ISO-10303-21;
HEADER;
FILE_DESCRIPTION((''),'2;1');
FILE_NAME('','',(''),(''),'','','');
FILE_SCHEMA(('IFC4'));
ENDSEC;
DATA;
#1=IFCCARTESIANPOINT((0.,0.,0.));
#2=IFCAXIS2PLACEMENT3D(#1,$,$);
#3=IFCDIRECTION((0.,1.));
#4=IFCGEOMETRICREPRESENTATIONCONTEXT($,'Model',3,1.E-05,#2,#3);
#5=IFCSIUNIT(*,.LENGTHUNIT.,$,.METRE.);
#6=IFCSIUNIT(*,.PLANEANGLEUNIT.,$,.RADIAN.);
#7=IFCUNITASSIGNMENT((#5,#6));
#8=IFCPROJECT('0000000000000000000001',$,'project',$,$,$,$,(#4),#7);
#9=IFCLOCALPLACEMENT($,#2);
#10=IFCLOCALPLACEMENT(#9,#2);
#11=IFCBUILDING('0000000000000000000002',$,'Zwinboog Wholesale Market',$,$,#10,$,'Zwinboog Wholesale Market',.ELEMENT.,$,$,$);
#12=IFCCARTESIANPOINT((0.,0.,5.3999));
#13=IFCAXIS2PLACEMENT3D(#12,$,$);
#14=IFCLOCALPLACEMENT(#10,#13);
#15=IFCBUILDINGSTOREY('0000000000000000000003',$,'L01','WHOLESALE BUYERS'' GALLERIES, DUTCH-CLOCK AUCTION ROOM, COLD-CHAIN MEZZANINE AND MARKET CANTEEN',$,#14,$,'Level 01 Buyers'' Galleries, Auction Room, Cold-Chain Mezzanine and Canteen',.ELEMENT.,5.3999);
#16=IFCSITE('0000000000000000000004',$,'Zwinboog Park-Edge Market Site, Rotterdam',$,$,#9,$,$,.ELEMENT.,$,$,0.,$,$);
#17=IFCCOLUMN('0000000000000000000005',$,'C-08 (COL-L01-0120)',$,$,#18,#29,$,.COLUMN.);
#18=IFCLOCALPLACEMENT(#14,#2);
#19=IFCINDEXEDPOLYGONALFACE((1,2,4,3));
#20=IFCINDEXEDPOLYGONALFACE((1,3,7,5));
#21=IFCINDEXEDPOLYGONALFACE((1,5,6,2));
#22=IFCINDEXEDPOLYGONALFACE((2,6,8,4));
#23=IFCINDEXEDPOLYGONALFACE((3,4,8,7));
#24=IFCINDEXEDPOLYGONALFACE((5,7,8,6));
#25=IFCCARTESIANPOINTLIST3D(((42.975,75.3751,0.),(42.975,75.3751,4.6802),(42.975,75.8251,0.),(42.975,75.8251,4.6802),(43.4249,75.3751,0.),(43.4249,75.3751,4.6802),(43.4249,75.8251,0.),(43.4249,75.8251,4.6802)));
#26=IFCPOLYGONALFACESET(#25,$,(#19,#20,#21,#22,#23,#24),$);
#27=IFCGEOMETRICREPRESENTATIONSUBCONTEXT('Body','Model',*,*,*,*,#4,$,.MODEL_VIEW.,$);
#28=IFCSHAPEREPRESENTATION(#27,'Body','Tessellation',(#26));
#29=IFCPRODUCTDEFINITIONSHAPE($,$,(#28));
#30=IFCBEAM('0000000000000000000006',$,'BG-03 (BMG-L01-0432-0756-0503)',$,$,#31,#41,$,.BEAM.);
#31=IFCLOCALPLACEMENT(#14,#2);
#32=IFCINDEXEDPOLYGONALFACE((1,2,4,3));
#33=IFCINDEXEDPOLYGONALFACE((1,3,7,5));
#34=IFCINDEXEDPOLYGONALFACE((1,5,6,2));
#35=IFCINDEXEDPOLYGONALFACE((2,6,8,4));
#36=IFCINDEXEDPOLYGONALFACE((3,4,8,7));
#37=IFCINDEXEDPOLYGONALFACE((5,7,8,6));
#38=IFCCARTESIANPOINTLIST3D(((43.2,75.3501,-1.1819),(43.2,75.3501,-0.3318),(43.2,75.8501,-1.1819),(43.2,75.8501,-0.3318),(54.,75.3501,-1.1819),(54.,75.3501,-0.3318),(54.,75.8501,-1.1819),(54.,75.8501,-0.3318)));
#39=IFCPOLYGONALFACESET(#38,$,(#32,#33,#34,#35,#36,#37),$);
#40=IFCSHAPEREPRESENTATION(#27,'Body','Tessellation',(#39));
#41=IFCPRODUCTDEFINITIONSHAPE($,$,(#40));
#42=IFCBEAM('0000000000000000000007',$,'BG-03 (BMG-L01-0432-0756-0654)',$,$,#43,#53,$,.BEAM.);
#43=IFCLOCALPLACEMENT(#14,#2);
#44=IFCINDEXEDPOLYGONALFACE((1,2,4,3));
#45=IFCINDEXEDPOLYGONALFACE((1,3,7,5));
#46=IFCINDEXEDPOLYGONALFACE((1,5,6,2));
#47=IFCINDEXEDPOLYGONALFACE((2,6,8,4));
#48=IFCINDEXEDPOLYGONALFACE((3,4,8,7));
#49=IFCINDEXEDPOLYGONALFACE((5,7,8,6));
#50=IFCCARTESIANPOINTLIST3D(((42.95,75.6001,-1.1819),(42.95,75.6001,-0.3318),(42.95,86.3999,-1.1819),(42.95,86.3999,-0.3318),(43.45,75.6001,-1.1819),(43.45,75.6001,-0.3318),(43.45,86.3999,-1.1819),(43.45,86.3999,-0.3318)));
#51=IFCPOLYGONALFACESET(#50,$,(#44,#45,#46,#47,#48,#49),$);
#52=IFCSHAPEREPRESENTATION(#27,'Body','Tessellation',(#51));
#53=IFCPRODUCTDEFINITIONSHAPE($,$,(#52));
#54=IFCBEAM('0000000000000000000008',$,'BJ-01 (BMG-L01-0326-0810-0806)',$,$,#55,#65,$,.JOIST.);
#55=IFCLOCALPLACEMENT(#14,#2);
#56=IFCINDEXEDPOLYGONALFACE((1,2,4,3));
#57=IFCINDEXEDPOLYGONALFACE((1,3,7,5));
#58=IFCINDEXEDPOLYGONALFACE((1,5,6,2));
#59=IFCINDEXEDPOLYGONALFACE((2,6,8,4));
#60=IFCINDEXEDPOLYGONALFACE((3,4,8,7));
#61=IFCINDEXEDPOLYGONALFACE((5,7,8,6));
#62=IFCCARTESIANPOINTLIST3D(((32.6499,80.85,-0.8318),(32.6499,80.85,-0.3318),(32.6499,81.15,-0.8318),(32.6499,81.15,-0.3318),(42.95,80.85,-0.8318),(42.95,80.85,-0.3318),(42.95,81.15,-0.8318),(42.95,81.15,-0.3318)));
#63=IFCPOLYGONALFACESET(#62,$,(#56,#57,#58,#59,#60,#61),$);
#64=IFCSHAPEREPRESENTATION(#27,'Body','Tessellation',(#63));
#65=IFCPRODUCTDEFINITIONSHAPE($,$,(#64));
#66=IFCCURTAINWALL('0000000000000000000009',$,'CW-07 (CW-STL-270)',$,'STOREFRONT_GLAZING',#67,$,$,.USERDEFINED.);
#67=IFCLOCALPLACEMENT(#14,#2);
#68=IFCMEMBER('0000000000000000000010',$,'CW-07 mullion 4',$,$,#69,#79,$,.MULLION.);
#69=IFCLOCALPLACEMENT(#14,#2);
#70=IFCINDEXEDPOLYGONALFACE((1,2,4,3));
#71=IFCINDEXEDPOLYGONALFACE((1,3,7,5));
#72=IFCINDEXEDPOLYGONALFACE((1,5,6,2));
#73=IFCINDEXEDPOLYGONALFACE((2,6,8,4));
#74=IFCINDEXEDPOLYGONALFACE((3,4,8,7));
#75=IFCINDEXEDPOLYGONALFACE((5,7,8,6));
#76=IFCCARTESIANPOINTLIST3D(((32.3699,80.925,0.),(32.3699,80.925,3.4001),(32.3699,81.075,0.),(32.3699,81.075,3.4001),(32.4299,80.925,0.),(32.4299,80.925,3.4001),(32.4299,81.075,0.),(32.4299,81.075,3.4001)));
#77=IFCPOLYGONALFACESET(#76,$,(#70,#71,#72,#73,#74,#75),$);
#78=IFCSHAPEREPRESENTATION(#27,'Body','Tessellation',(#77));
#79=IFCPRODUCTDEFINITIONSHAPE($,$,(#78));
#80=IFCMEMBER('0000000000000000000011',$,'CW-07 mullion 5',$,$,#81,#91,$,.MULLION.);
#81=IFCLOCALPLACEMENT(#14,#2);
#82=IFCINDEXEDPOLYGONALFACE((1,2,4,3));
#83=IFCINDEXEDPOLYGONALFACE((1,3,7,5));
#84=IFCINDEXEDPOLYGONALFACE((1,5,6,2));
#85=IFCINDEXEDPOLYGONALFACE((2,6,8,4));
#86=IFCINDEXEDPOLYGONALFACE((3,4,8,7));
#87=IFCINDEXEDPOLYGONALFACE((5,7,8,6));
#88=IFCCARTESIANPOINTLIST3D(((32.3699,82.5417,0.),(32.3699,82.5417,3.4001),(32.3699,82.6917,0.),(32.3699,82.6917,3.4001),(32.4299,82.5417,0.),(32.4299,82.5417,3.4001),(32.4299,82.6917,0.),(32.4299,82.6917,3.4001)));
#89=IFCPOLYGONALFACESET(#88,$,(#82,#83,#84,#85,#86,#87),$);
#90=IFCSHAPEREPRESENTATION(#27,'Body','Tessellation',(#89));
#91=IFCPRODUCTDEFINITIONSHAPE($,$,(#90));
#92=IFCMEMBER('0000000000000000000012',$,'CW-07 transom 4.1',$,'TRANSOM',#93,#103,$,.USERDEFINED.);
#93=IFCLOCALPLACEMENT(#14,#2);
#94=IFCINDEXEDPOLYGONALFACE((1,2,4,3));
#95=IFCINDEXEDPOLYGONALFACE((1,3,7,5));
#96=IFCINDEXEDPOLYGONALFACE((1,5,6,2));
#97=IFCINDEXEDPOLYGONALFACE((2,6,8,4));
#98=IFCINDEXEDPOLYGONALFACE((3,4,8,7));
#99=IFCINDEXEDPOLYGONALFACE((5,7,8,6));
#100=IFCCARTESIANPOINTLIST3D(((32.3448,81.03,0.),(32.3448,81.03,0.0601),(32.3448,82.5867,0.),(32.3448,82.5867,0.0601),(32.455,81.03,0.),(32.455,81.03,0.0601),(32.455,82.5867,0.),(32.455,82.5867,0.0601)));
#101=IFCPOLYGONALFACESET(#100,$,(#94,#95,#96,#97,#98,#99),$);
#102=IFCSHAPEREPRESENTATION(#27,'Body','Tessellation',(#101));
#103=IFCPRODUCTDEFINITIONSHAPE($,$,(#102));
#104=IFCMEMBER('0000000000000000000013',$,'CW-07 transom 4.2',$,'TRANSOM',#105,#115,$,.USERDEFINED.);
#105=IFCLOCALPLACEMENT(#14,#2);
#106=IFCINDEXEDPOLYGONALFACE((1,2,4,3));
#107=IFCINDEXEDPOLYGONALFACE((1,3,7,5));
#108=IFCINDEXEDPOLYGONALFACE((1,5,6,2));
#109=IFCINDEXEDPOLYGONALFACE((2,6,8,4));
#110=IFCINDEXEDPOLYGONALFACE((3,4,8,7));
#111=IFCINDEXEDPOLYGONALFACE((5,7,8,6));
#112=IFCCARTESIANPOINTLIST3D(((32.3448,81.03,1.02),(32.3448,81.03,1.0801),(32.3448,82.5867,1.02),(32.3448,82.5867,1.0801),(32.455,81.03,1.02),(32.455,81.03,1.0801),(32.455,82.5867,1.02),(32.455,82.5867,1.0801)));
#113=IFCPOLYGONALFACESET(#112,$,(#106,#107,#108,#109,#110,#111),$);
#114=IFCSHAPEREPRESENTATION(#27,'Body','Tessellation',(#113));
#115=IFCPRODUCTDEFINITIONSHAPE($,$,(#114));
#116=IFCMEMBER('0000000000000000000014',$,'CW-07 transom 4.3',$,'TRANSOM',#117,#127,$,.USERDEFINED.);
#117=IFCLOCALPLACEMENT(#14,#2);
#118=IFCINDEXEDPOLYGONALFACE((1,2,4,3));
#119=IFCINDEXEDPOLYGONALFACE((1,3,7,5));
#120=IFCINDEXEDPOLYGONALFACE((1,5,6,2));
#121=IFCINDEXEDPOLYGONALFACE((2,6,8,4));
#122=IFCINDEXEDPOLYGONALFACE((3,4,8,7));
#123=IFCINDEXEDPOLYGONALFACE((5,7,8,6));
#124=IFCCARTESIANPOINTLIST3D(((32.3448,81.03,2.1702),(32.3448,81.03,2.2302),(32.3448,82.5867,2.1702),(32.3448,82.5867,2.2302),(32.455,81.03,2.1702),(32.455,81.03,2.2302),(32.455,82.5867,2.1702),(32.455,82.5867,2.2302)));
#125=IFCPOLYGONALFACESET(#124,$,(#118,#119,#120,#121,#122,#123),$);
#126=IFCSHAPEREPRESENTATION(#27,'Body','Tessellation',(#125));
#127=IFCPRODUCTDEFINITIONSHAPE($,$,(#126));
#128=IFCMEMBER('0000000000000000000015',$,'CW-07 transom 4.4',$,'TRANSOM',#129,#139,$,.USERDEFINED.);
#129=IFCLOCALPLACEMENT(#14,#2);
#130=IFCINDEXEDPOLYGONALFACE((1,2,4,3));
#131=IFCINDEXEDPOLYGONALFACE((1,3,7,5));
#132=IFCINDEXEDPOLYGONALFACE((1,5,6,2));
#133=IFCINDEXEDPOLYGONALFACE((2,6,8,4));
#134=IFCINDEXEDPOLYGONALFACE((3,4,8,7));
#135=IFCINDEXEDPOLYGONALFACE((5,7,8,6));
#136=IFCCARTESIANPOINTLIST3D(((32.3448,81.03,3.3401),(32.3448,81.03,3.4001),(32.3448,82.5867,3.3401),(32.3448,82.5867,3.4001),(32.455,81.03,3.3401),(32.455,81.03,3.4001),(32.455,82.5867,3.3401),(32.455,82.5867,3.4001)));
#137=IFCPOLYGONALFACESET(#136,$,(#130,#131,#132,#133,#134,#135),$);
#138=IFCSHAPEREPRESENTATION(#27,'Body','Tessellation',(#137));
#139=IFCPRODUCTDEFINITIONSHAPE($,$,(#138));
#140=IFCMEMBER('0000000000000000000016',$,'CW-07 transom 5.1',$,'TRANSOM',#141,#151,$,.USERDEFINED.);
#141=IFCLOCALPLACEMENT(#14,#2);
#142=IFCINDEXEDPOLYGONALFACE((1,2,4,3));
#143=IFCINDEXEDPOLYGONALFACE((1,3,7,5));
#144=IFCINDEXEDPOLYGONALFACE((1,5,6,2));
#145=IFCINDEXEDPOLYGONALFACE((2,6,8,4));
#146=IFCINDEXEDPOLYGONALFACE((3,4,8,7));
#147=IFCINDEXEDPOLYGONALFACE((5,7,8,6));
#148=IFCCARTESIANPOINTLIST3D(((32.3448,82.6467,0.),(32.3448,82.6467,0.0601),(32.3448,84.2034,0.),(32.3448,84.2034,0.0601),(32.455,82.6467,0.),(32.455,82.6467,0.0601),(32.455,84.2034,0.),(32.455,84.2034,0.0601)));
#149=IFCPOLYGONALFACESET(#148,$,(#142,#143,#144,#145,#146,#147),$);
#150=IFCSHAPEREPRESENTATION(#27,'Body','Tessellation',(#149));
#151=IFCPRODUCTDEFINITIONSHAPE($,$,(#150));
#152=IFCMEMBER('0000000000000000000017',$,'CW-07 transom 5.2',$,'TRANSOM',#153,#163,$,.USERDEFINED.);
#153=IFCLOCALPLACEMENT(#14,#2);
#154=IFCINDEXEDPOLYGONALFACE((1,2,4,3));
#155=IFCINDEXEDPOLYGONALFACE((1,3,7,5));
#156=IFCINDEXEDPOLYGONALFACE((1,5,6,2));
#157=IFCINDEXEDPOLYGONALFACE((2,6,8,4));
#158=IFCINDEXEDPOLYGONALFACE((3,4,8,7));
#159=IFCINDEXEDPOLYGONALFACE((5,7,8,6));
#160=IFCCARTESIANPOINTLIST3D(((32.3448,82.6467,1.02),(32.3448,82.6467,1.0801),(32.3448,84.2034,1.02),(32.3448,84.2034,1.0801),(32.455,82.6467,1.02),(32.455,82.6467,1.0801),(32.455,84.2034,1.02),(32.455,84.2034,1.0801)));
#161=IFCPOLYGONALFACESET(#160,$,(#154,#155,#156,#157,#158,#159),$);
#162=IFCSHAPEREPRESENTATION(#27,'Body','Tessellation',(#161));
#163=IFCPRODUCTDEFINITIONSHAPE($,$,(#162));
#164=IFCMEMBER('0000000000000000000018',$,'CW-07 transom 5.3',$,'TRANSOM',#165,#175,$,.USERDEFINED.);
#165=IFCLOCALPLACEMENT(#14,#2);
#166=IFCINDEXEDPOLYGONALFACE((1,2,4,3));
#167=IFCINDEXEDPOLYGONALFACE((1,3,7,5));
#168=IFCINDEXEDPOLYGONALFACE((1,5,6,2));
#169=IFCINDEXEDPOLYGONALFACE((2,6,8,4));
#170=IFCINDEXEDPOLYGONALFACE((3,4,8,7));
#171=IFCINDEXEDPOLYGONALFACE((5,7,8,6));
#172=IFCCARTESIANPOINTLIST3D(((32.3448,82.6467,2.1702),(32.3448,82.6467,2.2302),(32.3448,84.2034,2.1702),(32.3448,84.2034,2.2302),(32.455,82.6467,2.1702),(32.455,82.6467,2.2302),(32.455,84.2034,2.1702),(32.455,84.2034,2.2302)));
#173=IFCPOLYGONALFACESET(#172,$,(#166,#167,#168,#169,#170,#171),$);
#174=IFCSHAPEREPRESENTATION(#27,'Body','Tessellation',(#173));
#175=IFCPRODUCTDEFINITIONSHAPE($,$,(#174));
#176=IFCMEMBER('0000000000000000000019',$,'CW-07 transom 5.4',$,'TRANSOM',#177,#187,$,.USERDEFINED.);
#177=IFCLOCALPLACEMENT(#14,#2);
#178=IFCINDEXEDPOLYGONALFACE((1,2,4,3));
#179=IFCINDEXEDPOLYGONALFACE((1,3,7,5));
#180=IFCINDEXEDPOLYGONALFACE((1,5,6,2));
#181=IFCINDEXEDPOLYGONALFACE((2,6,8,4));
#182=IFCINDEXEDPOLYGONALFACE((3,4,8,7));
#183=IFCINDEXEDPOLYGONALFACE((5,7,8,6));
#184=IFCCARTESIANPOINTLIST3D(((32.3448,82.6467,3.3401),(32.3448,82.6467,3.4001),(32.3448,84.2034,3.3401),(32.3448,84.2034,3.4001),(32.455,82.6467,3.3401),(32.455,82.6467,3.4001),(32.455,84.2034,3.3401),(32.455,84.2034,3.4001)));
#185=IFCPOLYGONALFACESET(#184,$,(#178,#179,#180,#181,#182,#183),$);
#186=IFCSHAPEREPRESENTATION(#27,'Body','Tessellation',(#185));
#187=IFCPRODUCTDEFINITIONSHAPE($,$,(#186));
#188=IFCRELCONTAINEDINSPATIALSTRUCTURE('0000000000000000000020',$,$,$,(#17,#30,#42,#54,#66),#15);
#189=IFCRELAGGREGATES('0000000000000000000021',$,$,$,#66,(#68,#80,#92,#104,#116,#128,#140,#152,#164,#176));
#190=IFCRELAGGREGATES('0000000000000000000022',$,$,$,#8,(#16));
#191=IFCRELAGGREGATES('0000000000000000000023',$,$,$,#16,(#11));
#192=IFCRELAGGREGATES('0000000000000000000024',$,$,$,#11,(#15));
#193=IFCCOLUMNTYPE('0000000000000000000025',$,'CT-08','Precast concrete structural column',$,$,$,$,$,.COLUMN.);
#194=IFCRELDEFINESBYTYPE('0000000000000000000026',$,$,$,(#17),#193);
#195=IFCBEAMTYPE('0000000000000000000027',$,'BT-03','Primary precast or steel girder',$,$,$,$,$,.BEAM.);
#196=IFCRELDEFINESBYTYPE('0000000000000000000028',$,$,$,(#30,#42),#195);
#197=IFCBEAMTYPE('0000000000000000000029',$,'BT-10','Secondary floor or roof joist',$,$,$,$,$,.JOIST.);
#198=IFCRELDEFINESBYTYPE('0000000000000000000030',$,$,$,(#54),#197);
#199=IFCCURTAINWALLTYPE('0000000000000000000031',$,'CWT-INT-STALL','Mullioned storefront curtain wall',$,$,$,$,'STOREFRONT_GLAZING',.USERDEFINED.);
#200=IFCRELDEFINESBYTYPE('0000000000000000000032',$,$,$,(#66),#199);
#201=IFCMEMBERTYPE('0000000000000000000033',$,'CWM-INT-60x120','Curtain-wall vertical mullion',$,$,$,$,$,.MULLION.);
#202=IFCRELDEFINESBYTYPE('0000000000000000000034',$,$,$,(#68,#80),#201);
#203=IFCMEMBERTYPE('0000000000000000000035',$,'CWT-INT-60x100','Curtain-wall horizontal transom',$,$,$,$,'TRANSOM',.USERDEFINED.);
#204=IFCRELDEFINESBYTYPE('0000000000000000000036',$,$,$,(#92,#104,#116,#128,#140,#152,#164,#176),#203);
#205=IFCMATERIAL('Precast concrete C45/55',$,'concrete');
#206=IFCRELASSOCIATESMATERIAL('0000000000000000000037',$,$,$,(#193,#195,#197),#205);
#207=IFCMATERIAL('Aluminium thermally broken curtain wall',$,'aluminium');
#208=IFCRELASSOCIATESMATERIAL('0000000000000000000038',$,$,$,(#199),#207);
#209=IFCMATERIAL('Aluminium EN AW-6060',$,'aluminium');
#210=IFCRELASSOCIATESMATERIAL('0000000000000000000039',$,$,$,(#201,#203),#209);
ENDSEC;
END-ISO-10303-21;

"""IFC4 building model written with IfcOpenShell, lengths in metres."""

from ifc_helpers import new_model, si_unit, direction, frame, origin, origin_2d, place, context, subcontext, project, spatial, rectangle, extrude, material, material_profile, profile_set, type_object, element, aggregate, save


model = new_model("IFC4")

# Units and contexts
model_context = context("Model", 3, precision=1e-05, world=origin(), true_north=direction((0.0, 1.0)))
body_context = subcontext(model_context, "Body", "Model", "MODEL_VIEW")
ifc_project = project(units=[si_unit("LENGTHUNIT", "METRE"), si_unit("PLANEANGLEUNIT", "RADIAN")], contexts=[model_context])

# Site, building, storey
site_placement = place(None, origin())
site = spatial("IfcSite", under=ifc_project, at=site_placement, Name="Zwinboog Park-Edge Market Site, Rotterdam", CompositionType="ELEMENT", RefElevation=0.0)
building_placement = place(site_placement, origin())
building = spatial("IfcBuilding", under=site, at=building_placement, Name="Zwinboog Wholesale Market", LongName="Zwinboog Wholesale Market", CompositionType="ELEMENT")
storey_placement = place(building_placement, frame((0.0, 0.0, 5.3999)))
storey = spatial("IfcBuildingStorey", under=building, at=storey_placement, Name="L01", Description="WHOLESALE BUYERS' GALLERIES, DUTCH-CLOCK AUCTION ROOM, COLD-CHAIN MEZZANINE AND MARKET CANTEEN", LongName="Level 01 Buyers' Galleries, Auction Room, Cold-Chain Mezzanine and Canteen", CompositionType="ELEMENT", Elevation=5.3999)

# Column
ifc_material_1 = material(Name="Precast concrete C45/55", Category="concrete")
ifc_material_profile_1 = material_profile(ifc_material_1, rectangle(XDim=0.45, YDim=0.45, at=origin_2d()), Name="PC 450x450")
ifc_profile_set_1 = profile_set([ifc_material_profile_1], Name="Precast concrete C45/55")
column_type = type_object("IfcColumnType", Name="CT-08", Description="Precast concrete structural column", PredefinedType="COLUMN", material=ifc_profile_set_1)
column_placement = place(storey_placement, frame((43.2, 75.6001, 0.0), z_axis=(0.0, 0.0, 1.0), x_axis=(1.0, 0.0, 0.0)))
element("IfcColumn", 1, at=column_placement, inside=storey, type_object=column_type, Name="C-08 (COL-L01-0120)", PredefinedType="COLUMN", context=body_context, shape_type="SweptSolid", body=[
    extrude(rectangle(XDim=0.45, YDim=0.45, at=origin_2d()), origin(), (0.0, 0.0, 1.0), 4.6802),
])

# Beams
ifc_material_profile_2 = material_profile(ifc_material_1, rectangle(XDim=0.5, YDim=0.8501, at=origin_2d()), Name="PC 500x850")
ifc_profile_set_2 = profile_set([ifc_material_profile_2], Name="Precast concrete C45/55")
beam_type_1 = type_object("IfcBeamType", Name="BT-03", Description="Primary precast or steel girder", PredefinedType="BEAM", material=ifc_profile_set_2)
beam_1_placement = place(storey_placement, frame((43.2, 75.6001, -0.7568), z_axis=(1.0, 0.0, 0.0), x_axis=(0.0, 1.0, 0.0)))
element("IfcBeam", 2, at=beam_1_placement, inside=storey, type_object=beam_type_1, Name="BG-03 (BMG-L01-0432-0756-0503)", PredefinedType="BEAM", context=body_context, shape_type="SweptSolid", body=[
    extrude(rectangle(XDim=0.5, YDim=0.8501, at=origin_2d()), origin(), (0.0, 0.0, 1.0), 10.8),
])
beam_2_placement = place(storey_placement, frame((43.2, 75.6001, -0.7568), z_axis=(0.0, 1.0, 0.0), x_axis=(-1.0, 0.0, 0.0)))
element("IfcBeam", 3, at=beam_2_placement, inside=storey, type_object=beam_type_1, Name="BG-03 (BMG-L01-0432-0756-0654)", PredefinedType="BEAM", context=body_context, shape_type="SweptSolid", body=[
    extrude(rectangle(XDim=0.5, YDim=0.8501, at=origin_2d()), origin(), (0.0, 0.0, 1.0), 10.7998),
])
ifc_material_profile_3 = material_profile(ifc_material_1, rectangle(XDim=0.3, YDim=0.5, at=origin_2d()), Name="PC 300x500")
ifc_profile_set_3 = profile_set([ifc_material_profile_3], Name="Precast concrete C45/55")
beam_type_2 = type_object("IfcBeamType", Name="BT-10", Description="Secondary floor or roof joist", PredefinedType="JOIST", material=ifc_profile_set_3)
beam_3_placement = place(storey_placement, frame((32.6499, 81.0, -0.5818), z_axis=(1.0, 0.0, 0.0), x_axis=(0.0, 1.0, 0.0)))
element("IfcBeam", 4, at=beam_3_placement, inside=storey, type_object=beam_type_2, Name="BJ-01 (BMG-L01-0326-0810-0806)", PredefinedType="JOIST", context=body_context, shape_type="SweptSolid", body=[
    extrude(rectangle(XDim=0.3, YDim=0.5, at=origin_2d()), origin(), (0.0, 0.0, 1.0), 10.3),
])

# Curtain wall, members
ifc_material_2 = material(Name="Aluminium thermally broken curtain wall", Category="aluminium")
curtain_wall_type = type_object("IfcCurtainWallType", Name="CWT-INT-STALL", Description="Mullioned storefront curtain wall", ElementType="STOREFRONT_GLAZING", PredefinedType="USERDEFINED", material=ifc_material_2)
curtain_wall_placement = place(storey_placement, origin())
curtain_wall = element("IfcCurtainWall", 5, at=curtain_wall_placement, inside=storey, type_object=curtain_wall_type, Name="CW-07 (CW-STL-270)", ObjectType="STOREFRONT_GLAZING", PredefinedType="USERDEFINED")
ifc_material_3 = material(Name="Aluminium EN AW-6060", Category="aluminium")
ifc_material_profile_4 = material_profile(ifc_material_3, rectangle(XDim=0.0601, YDim=0.1499, at=origin_2d()), Name="AL 60x150")
ifc_profile_set_4 = profile_set([ifc_material_profile_4], Name="Aluminium EN AW-6060")
member_type_1 = type_object("IfcMemberType", Name="CWM-INT-60x120", Description="Curtain-wall vertical mullion", PredefinedType="MULLION", material=ifc_profile_set_4)
member_1_placement = place(storey_placement, frame((32.3999, 81.0, 0.0), z_axis=(0.0, 0.0, 1.0), x_axis=(-1.0, 0.0, 0.0)))
member_1 = element("IfcMember", 6, at=member_1_placement, type_object=member_type_1, Name="CW-07 mullion 4", PredefinedType="MULLION", context=body_context, shape_type="SweptSolid", body=[
    extrude(rectangle(XDim=0.0601, YDim=0.1499, at=origin_2d()), origin(), (0.0, 0.0, 1.0), 3.4001),
])
member_2_placement = place(storey_placement, frame((32.3999, 82.6167, 0.0), z_axis=(0.0, 0.0, 1.0), x_axis=(-1.0, 0.0, 0.0)))
member_2 = element("IfcMember", 7, at=member_2_placement, type_object=member_type_1, Name="CW-07 mullion 5", PredefinedType="MULLION", context=body_context, shape_type="SweptSolid", body=[
    extrude(rectangle(XDim=0.0601, YDim=0.1499, at=origin_2d()), origin(), (0.0, 0.0, 1.0), 3.4001),
])
ifc_material_profile_5 = material_profile(ifc_material_3, rectangle(XDim=0.1101, YDim=0.0601, at=origin_2d()), Name="AL 60x110")
ifc_profile_set_5 = profile_set([ifc_material_profile_5], Name="Aluminium EN AW-6060")
member_type_2 = type_object("IfcMemberType", Name="CWT-INT-60x100", Description="Curtain-wall horizontal transom", ElementType="TRANSOM", PredefinedType="USERDEFINED", material=ifc_profile_set_5)
member_3_placement = place(storey_placement, frame((32.3999, 81.03, 0.03), z_axis=(0.0, 1.0, 0.0), x_axis=(-1.0, 0.0, 0.0)))
member_3 = element("IfcMember", 8, at=member_3_placement, type_object=member_type_2, Name="CW-07 transom 4.1", ObjectType="TRANSOM", PredefinedType="USERDEFINED", context=body_context, shape_type="SweptSolid", body=[
    extrude(rectangle(XDim=0.1101, YDim=0.0601, at=origin_2d()), origin(), (0.0, 0.0, 1.0), 1.5566),
])
member_4_placement = place(storey_placement, frame((32.3999, 81.03, 1.05), z_axis=(0.0, 1.0, 0.0), x_axis=(-1.0, 0.0, 0.0)))
member_4 = element("IfcMember", 9, at=member_4_placement, type_object=member_type_2, Name="CW-07 transom 4.2", ObjectType="TRANSOM", PredefinedType="USERDEFINED", context=body_context, shape_type="SweptSolid", body=[
    extrude(rectangle(XDim=0.1101, YDim=0.0601, at=origin_2d()), origin(), (0.0, 0.0, 1.0), 1.5566),
])
member_5_placement = place(storey_placement, frame((32.3999, 81.03, 2.2002), z_axis=(0.0, 1.0, 0.0), x_axis=(-1.0, 0.0, 0.0)))
member_5 = element("IfcMember", 10, at=member_5_placement, type_object=member_type_2, Name="CW-07 transom 4.3", ObjectType="TRANSOM", PredefinedType="USERDEFINED", context=body_context, shape_type="SweptSolid", body=[
    extrude(rectangle(XDim=0.1101, YDim=0.0601, at=origin_2d()), origin(), (0.0, 0.0, 1.0), 1.5566),
])
member_6_placement = place(storey_placement, frame((32.3999, 81.03, 3.3701), z_axis=(0.0, 1.0, 0.0), x_axis=(-1.0, 0.0, 0.0)))
member_6 = element("IfcMember", 11, at=member_6_placement, type_object=member_type_2, Name="CW-07 transom 4.4", ObjectType="TRANSOM", PredefinedType="USERDEFINED", context=body_context, shape_type="SweptSolid", body=[
    extrude(rectangle(XDim=0.1101, YDim=0.0601, at=origin_2d()), origin(), (0.0, 0.0, 1.0), 1.5566),
])
member_7_placement = place(storey_placement, frame((32.3999, 82.6467, 0.03), z_axis=(0.0, 1.0, 0.0), x_axis=(-1.0, 0.0, 0.0)))
member_7 = element("IfcMember", 12, at=member_7_placement, type_object=member_type_2, Name="CW-07 transom 5.1", ObjectType="TRANSOM", PredefinedType="USERDEFINED", context=body_context, shape_type="SweptSolid", body=[
    extrude(rectangle(XDim=0.1101, YDim=0.0601, at=origin_2d()), origin(), (0.0, 0.0, 1.0), 1.5566),
])
member_8_placement = place(storey_placement, frame((32.3999, 82.6467, 1.05), z_axis=(0.0, 1.0, 0.0), x_axis=(-1.0, 0.0, 0.0)))
member_8 = element("IfcMember", 13, at=member_8_placement, type_object=member_type_2, Name="CW-07 transom 5.2", ObjectType="TRANSOM", PredefinedType="USERDEFINED", context=body_context, shape_type="SweptSolid", body=[
    extrude(rectangle(XDim=0.1101, YDim=0.0601, at=origin_2d()), origin(), (0.0, 0.0, 1.0), 1.5566),
])
member_9_placement = place(storey_placement, frame((32.3999, 82.6467, 2.2002), z_axis=(0.0, 1.0, 0.0), x_axis=(-1.0, 0.0, 0.0)))
member_9 = element("IfcMember", 14, at=member_9_placement, type_object=member_type_2, Name="CW-07 transom 5.3", ObjectType="TRANSOM", PredefinedType="USERDEFINED", context=body_context, shape_type="SweptSolid", body=[
    extrude(rectangle(XDim=0.1101, YDim=0.0601, at=origin_2d()), origin(), (0.0, 0.0, 1.0), 1.5566),
])
member_10_placement = place(storey_placement, frame((32.3999, 82.6467, 3.3701), z_axis=(0.0, 1.0, 0.0), x_axis=(-1.0, 0.0, 0.0)))
member_10 = element("IfcMember", 15, at=member_10_placement, type_object=member_type_2, Name="CW-07 transom 5.4", ObjectType="TRANSOM", PredefinedType="USERDEFINED", context=body_context, shape_type="SweptSolid", body=[
    extrude(rectangle(XDim=0.1101, YDim=0.0601, at=origin_2d()), origin(), (0.0, 0.0, 1.0), 1.5566),
])
aggregate(curtain_wall, [member_1, member_2, member_3, member_4, member_5, member_6, member_7, member_8, member_9, member_10])

save(model, "model.ifc")
